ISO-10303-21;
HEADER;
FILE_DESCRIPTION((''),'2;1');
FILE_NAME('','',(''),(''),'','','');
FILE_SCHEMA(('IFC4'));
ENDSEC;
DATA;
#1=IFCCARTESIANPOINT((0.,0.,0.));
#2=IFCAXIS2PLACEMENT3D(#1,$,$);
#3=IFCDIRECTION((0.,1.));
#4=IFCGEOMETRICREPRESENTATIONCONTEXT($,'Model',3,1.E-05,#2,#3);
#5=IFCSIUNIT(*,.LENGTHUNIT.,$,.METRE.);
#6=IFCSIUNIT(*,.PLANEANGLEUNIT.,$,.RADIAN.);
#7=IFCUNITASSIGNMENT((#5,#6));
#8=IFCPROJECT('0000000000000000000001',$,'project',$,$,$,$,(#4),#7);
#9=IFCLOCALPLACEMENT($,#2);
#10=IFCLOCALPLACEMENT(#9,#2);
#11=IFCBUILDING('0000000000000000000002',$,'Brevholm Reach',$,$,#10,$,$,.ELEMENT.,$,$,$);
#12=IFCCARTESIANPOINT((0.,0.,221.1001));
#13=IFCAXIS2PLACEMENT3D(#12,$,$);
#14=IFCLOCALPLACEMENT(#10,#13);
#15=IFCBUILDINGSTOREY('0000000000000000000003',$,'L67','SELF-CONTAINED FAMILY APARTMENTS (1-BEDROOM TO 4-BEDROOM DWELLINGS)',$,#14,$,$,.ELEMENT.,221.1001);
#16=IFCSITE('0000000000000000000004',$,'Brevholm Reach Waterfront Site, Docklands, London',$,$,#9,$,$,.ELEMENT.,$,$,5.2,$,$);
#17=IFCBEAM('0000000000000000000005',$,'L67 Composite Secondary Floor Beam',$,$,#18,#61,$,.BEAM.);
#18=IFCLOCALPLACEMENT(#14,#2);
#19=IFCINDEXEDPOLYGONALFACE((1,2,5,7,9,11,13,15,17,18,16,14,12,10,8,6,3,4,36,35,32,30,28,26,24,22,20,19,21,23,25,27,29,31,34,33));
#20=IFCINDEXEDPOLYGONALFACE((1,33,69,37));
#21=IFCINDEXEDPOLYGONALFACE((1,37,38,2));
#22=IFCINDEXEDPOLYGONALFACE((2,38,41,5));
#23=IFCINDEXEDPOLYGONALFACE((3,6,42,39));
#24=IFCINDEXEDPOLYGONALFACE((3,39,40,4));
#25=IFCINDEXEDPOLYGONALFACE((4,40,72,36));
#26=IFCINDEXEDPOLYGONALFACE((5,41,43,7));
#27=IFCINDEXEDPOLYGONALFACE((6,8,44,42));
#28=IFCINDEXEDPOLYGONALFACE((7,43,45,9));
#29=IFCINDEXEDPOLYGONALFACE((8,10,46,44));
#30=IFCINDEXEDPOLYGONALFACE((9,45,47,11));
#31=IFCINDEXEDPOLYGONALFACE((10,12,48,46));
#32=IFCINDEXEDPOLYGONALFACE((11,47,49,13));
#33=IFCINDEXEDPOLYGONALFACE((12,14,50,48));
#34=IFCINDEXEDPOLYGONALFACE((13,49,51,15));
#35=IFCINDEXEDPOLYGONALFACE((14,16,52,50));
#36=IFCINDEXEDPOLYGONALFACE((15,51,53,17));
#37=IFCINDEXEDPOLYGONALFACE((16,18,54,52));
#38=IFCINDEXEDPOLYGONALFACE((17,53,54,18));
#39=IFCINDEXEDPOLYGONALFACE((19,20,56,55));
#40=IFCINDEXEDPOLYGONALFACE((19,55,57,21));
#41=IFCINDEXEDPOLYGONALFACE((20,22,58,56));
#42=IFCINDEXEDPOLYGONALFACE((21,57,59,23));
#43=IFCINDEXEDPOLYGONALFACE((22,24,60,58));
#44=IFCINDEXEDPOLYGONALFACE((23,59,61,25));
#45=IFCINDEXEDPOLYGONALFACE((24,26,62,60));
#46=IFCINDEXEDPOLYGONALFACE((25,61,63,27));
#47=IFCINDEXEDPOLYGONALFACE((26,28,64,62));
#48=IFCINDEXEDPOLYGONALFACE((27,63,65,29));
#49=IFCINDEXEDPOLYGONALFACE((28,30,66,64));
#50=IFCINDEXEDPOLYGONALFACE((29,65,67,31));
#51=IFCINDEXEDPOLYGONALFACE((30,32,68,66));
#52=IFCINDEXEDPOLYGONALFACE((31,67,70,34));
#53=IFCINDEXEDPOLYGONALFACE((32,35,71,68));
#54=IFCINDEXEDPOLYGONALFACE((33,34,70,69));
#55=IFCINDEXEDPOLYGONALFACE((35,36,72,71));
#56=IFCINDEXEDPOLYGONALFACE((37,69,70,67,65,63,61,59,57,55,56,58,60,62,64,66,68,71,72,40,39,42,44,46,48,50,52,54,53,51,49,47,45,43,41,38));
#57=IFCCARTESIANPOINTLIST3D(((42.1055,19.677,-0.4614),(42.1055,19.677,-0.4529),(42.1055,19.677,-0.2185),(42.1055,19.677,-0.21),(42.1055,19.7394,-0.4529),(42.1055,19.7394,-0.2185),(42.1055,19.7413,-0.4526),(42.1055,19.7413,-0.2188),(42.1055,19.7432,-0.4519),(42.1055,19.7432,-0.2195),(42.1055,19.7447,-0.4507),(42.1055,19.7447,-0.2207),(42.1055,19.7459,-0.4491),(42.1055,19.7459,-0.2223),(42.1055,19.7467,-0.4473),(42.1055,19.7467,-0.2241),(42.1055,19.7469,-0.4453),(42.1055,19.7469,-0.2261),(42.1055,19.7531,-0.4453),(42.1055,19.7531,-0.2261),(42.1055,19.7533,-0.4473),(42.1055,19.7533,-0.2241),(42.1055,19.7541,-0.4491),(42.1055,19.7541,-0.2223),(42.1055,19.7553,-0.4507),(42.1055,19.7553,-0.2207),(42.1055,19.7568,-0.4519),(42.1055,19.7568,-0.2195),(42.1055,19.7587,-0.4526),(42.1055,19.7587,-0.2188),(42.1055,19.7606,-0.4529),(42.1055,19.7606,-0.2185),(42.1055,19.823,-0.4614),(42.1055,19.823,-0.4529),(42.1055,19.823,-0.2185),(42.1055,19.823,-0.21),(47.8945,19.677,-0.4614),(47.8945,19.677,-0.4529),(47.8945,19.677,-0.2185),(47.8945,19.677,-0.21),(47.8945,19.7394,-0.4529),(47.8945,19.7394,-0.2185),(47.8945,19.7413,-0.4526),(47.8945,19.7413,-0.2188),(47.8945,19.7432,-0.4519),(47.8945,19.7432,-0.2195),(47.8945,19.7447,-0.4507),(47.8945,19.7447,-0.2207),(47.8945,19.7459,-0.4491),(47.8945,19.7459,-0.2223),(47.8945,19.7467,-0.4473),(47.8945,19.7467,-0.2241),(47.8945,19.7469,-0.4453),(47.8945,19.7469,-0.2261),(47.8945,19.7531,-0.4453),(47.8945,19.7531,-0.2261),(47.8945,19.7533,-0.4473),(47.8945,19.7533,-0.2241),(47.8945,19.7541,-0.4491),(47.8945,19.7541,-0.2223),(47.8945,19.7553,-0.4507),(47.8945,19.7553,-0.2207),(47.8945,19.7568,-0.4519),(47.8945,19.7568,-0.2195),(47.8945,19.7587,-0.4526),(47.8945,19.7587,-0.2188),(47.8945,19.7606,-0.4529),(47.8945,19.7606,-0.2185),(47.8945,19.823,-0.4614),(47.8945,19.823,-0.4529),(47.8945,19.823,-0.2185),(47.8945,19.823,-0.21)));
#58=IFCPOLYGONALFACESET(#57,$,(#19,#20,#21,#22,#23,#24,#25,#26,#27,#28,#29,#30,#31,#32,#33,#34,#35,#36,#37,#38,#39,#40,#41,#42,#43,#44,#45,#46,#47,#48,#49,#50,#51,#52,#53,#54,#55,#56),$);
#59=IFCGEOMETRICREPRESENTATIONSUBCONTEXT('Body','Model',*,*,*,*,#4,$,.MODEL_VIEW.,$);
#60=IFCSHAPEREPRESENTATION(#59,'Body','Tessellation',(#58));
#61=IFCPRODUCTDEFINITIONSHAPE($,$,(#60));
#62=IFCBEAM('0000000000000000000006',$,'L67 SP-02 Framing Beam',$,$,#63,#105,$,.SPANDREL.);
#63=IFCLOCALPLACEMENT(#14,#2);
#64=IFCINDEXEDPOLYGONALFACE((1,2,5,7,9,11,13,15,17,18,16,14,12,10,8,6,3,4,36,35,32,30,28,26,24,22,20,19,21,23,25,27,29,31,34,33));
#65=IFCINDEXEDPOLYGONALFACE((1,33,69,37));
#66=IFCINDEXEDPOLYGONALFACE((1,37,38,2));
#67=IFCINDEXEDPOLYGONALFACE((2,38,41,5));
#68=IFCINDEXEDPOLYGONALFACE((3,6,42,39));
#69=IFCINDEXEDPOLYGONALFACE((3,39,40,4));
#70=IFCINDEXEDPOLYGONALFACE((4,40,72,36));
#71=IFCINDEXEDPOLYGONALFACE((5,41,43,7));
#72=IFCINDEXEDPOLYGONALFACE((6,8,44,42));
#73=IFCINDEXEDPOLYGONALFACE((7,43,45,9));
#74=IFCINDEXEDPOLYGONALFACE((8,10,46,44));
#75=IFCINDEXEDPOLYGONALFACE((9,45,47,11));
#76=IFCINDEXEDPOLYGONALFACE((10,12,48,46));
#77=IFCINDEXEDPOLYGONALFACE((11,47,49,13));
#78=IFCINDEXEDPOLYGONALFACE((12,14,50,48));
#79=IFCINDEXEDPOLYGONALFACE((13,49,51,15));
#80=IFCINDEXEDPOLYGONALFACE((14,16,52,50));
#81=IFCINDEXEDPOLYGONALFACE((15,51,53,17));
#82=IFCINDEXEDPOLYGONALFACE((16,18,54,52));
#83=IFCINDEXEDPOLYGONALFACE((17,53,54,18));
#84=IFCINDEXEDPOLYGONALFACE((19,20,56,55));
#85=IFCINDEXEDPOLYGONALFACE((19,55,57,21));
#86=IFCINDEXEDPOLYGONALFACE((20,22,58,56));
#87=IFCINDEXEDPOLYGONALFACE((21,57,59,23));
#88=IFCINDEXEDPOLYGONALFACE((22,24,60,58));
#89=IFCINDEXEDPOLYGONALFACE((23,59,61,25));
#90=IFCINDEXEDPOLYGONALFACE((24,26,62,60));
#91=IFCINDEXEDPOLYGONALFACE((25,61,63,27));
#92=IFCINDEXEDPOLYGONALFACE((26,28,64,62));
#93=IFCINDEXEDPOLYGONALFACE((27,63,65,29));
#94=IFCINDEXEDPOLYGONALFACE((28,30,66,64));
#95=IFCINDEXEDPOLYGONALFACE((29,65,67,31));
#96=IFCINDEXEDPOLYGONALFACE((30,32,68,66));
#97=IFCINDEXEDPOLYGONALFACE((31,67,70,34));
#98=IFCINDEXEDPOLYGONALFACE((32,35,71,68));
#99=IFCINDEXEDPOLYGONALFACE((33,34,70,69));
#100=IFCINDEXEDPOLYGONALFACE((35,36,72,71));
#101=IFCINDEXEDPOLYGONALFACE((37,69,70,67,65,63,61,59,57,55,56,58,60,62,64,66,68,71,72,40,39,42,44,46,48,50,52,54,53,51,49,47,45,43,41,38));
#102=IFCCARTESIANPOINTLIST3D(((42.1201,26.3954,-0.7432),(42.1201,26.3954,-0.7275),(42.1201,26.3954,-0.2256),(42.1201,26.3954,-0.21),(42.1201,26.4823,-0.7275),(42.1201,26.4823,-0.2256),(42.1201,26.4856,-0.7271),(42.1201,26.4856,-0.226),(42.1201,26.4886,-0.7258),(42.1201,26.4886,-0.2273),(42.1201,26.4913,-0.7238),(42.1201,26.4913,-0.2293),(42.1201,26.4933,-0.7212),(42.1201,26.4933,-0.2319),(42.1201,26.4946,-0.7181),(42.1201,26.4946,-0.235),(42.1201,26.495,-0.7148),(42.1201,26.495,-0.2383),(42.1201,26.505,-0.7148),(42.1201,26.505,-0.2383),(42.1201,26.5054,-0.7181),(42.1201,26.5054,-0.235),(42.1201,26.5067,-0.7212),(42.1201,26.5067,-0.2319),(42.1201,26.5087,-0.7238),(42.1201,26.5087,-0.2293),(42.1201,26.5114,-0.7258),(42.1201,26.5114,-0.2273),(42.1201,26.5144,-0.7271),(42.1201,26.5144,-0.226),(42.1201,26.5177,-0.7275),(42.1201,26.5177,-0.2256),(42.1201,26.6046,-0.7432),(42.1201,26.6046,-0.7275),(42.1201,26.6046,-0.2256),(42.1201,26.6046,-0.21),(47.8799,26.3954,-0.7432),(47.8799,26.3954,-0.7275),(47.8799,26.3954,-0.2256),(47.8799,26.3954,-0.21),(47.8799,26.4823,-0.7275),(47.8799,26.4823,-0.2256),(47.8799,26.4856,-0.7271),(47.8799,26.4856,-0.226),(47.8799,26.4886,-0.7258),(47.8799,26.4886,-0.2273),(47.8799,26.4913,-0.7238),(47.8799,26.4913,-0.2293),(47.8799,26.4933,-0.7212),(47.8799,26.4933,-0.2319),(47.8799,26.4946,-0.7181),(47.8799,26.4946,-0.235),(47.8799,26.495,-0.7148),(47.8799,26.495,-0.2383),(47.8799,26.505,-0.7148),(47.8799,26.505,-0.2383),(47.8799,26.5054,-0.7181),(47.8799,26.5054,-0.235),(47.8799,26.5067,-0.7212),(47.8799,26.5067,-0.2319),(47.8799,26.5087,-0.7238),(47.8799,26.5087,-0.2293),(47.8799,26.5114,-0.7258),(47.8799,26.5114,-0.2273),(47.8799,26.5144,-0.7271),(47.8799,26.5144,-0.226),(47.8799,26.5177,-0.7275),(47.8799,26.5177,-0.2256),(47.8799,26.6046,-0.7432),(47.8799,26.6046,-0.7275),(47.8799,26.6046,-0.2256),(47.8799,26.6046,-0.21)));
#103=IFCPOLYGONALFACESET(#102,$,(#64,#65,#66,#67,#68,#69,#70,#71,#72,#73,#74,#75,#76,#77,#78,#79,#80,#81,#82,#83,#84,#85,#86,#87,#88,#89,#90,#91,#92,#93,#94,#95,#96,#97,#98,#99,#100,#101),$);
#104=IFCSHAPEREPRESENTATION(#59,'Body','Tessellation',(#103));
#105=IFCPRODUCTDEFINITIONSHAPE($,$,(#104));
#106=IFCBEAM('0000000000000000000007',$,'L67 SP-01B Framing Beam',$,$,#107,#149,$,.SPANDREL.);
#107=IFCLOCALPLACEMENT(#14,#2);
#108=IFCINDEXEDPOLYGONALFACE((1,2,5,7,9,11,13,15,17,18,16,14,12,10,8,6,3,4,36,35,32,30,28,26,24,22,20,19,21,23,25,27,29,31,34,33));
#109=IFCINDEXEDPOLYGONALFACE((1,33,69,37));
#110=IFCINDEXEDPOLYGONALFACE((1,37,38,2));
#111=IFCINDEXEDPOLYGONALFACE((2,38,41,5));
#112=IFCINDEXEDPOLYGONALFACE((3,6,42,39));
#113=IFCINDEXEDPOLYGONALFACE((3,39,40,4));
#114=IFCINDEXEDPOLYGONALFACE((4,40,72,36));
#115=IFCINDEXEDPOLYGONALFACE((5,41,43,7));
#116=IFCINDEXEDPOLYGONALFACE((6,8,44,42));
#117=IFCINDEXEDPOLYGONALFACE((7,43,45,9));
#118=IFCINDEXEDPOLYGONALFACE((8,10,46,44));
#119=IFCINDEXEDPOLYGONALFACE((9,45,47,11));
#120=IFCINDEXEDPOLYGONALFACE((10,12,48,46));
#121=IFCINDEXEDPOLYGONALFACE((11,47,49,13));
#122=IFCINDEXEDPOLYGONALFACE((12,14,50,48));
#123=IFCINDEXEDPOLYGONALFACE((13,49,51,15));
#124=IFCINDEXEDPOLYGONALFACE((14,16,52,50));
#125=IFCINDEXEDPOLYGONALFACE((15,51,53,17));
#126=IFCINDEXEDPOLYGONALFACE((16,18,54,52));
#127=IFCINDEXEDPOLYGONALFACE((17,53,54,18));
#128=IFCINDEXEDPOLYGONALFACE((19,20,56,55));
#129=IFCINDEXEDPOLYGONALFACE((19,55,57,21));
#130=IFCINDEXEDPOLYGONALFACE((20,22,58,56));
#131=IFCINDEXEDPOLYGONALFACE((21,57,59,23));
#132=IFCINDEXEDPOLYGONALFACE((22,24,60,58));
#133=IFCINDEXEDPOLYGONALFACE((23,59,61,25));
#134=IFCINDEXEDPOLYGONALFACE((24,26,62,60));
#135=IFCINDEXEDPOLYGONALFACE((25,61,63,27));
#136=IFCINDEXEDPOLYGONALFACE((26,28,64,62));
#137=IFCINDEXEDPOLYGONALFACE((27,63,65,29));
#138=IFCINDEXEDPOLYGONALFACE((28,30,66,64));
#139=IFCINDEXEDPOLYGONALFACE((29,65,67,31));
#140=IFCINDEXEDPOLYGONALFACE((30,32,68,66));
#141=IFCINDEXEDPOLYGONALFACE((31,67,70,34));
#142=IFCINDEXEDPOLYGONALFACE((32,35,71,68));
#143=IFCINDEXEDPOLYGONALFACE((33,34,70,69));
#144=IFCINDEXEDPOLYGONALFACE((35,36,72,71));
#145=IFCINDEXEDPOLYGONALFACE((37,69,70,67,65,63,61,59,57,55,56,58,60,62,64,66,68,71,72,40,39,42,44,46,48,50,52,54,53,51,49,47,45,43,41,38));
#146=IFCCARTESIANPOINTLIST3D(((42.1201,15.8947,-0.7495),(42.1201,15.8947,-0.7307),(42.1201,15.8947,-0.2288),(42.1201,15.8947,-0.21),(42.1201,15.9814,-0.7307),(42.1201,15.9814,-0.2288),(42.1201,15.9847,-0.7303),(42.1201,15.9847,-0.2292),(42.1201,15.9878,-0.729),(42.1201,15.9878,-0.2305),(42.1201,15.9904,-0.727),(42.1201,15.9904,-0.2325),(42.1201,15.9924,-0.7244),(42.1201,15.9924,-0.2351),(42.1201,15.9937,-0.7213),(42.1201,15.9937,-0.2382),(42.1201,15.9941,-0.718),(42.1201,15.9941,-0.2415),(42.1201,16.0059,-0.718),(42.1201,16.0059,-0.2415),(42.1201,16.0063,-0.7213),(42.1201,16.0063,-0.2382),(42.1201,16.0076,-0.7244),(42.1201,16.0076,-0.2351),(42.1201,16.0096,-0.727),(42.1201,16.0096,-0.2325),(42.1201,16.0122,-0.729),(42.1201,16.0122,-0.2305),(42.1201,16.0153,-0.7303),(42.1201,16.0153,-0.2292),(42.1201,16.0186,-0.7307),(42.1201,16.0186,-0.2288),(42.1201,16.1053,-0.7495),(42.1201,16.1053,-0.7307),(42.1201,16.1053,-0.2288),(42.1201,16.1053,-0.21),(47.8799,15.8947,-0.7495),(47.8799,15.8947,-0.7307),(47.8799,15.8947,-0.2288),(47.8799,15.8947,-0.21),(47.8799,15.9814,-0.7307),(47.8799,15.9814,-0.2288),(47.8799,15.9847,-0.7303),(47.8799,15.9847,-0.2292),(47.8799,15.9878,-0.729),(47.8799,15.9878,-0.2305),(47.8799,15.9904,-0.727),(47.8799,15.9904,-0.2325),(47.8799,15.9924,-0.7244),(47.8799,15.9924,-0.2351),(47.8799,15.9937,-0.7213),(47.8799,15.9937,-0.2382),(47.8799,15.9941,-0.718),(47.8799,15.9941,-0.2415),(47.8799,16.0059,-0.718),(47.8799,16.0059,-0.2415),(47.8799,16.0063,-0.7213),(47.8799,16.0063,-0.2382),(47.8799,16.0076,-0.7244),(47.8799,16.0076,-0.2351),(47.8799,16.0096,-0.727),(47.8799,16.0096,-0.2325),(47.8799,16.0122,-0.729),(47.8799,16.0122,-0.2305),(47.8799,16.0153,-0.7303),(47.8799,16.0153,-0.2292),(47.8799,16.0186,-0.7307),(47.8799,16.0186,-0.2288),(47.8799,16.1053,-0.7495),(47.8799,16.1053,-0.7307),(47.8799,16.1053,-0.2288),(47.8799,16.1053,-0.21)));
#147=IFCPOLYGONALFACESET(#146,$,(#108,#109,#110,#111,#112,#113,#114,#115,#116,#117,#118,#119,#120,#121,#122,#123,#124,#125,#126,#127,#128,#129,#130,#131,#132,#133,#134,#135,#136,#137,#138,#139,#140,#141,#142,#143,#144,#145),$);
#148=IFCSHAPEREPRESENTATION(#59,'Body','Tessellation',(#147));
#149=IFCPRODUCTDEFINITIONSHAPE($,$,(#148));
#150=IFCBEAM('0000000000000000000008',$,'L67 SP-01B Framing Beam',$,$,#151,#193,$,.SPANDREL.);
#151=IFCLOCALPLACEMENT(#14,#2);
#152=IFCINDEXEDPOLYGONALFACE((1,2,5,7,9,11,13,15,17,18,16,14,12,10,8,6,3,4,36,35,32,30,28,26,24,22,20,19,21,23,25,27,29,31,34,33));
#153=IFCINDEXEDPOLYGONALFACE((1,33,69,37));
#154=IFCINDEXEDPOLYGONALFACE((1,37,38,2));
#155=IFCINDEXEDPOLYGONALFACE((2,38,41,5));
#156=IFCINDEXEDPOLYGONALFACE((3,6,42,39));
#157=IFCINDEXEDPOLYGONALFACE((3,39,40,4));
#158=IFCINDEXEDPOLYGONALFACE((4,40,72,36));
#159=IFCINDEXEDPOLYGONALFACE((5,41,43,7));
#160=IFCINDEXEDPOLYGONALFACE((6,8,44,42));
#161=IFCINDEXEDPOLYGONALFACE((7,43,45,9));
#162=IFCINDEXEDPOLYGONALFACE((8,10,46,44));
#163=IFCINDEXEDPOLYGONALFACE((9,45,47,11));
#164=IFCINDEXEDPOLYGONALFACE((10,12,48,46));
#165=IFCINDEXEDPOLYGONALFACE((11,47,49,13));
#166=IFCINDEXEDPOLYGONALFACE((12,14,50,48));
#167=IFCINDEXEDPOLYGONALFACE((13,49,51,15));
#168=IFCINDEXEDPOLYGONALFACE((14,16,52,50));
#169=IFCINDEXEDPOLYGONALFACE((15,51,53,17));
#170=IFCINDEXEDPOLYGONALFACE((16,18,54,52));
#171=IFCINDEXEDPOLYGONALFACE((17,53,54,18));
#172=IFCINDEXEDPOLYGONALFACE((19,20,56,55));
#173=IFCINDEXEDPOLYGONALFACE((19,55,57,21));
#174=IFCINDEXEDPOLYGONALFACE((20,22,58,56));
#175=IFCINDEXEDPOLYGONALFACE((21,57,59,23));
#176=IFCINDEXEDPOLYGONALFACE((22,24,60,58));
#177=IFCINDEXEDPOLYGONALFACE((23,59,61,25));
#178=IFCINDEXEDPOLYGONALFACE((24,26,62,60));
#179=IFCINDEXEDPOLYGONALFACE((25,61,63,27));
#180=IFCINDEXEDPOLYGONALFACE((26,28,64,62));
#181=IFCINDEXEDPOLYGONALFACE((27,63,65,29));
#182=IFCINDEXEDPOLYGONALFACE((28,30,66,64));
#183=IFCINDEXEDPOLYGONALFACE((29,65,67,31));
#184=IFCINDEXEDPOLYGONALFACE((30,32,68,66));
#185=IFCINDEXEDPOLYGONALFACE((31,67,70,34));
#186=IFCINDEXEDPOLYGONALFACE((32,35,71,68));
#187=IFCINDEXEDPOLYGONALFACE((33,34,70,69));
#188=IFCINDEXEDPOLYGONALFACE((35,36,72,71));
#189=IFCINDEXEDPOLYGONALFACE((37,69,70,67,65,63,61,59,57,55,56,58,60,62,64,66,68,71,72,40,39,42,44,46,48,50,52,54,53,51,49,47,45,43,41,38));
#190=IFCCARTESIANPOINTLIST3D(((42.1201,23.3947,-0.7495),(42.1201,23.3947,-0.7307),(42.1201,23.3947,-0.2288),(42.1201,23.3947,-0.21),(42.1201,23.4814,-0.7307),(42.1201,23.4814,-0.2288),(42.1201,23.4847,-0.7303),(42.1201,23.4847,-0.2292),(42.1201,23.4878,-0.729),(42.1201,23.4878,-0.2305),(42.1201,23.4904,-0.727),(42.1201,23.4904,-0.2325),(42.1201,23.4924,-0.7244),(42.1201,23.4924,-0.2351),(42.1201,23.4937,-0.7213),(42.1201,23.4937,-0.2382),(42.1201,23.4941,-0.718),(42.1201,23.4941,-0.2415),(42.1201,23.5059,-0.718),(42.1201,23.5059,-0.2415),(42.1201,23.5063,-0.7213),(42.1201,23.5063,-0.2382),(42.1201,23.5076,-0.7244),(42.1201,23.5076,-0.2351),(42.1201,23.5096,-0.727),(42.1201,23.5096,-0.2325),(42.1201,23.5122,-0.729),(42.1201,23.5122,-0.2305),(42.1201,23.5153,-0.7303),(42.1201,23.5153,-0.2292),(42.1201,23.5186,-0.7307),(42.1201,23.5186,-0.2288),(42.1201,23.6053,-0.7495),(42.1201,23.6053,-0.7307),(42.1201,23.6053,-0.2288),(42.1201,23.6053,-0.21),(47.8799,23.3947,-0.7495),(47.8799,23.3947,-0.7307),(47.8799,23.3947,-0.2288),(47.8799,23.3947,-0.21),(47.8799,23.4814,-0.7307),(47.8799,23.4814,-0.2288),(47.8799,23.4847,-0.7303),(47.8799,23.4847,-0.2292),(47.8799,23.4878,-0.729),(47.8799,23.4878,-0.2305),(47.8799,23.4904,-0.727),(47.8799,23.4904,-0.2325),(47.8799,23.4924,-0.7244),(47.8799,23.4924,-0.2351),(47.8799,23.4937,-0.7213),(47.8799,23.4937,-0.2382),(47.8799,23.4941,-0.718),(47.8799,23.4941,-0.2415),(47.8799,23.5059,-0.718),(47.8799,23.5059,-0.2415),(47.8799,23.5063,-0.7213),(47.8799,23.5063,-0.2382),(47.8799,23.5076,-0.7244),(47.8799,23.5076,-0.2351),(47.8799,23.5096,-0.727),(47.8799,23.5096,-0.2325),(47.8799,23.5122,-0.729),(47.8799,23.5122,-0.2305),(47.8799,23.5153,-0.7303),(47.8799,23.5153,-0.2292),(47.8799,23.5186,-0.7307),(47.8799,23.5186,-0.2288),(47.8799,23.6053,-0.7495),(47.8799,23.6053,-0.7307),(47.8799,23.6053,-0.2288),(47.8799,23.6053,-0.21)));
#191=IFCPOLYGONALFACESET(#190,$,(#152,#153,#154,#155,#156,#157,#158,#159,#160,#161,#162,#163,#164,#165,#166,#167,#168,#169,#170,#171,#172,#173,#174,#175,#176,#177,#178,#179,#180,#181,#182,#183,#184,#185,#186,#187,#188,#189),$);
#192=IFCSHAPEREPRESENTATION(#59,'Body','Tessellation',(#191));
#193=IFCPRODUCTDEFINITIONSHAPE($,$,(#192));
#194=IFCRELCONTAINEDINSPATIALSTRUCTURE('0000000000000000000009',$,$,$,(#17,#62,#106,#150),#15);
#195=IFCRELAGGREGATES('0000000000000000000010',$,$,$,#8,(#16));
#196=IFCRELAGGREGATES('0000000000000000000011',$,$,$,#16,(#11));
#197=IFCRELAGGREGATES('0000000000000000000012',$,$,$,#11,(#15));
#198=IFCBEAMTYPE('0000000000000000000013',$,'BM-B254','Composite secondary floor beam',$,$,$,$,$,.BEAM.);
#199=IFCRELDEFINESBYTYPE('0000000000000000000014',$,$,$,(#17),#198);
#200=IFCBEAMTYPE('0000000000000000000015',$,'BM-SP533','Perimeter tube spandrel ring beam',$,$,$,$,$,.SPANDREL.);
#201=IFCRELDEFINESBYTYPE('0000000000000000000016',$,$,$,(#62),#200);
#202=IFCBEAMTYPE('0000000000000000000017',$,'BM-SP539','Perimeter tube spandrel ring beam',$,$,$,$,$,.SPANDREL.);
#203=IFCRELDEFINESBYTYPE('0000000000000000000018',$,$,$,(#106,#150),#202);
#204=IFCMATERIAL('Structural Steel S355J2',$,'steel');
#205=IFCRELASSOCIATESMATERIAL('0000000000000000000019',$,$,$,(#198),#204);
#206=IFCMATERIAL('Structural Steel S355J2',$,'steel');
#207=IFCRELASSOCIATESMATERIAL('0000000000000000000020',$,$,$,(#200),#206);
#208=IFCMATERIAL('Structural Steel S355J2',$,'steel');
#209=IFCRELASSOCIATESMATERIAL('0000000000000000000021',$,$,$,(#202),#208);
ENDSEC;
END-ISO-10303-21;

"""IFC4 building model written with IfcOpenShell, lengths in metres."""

from ifc_helpers import new_model, si_unit, direction, frame, origin, origin_2d, place, context, subcontext, project, spatial, i_section, extrude, material, material_profile, profile_set, type_object, element, save


model = new_model("IFC4")

# Units and contexts
model_context = context("Model", 3, precision=1e-05, world=origin(), true_north=direction((0.0, 1.0)))
body_context = subcontext(model_context, "Body", "Model", "MODEL_VIEW")
ifc_project = project(units=[si_unit("LENGTHUNIT", "METRE"), si_unit("PLANEANGLEUNIT", "RADIAN")], contexts=[model_context])

# Site, building, storey
site_placement = place(None, origin())
site = spatial("IfcSite", under=ifc_project, at=site_placement, Name="Brevholm Reach Waterfront Site, Docklands, London", CompositionType="ELEMENT", RefElevation=5.2)
building_placement = place(site_placement, origin())
building = spatial("IfcBuilding", under=site, at=building_placement, Name="Brevholm Reach", CompositionType="ELEMENT")
storey_placement = place(building_placement, frame((0.0, 0.0, 221.1001)))
storey = spatial("IfcBuildingStorey", under=building, at=storey_placement, Name="L67", Description="SELF-CONTAINED FAMILY APARTMENTS (1-BEDROOM TO 4-BEDROOM DWELLINGS)", CompositionType="ELEMENT", Elevation=221.1001)

# Beams
ifc_material_1 = material(Name="Structural Steel S355J2", Category="steel")
ifc_material_profile_1 = material_profile(ifc_material_1, i_section(OverallWidth=0.146, OverallDepth=0.2515, WebThickness=0.0061, FlangeThickness=0.0085, FilletRadius=0.0076, at=origin_2d()), Name="UKB 254x146x31")
ifc_profile_set_1 = profile_set([ifc_material_profile_1], Name="Structural Steel S355J2")
beam_type_1 = type_object("IfcBeamType", Name="BM-B254", Description="Composite secondary floor beam", PredefinedType="BEAM", material=ifc_profile_set_1)
beam_1_placement = place(storey_placement, frame((42.1055, 19.75, -0.3357), z_axis=(1.0, 0.0, 0.0), x_axis=(0.0, 1.0, 0.0)))
element("IfcBeam", 1, at=beam_1_placement, inside=storey, type_object=beam_type_1, Name="L67 Composite Secondary Floor Beam", PredefinedType="BEAM", context=body_context, shape_type="SweptSolid", body=[
    extrude(i_section(OverallWidth=0.146, OverallDepth=0.2515, WebThickness=0.0061, FlangeThickness=0.0085, FilletRadius=0.0076, at=origin_2d()), origin(), (0.0, 0.0, 1.0), 5.7891),
])
ifc_material_2 = material(Name="Structural Steel S355J2", Category="steel")
ifc_material_profile_2 = material_profile(ifc_material_2, i_section(OverallWidth=0.2092, OverallDepth=0.5332, WebThickness=0.01, FlangeThickness=0.0156, FilletRadius=0.0127, at=origin_2d()), Name="UKB 533x210x92")
ifc_profile_set_2 = profile_set([ifc_material_profile_2], Name="Structural Steel S355J2")
beam_type_2 = type_object("IfcBeamType", Name="BM-SP533", Description="Perimeter tube spandrel ring beam", PredefinedType="SPANDREL", material=ifc_profile_set_2)
beam_2_placement = place(storey_placement, frame((42.1201, 26.5, -0.4766), z_axis=(1.0, 0.0, 0.0), x_axis=(0.0, 1.0, 0.0)))
element("IfcBeam", 2, at=beam_2_placement, inside=storey, type_object=beam_type_2, Name="L67 SP-02 Framing Beam", PredefinedType="SPANDREL", context=body_context, shape_type="SweptSolid", body=[
    extrude(i_section(OverallWidth=0.2092, OverallDepth=0.5332, WebThickness=0.01, FlangeThickness=0.0156, FilletRadius=0.0127, at=origin_2d()), origin(), (0.0, 0.0, 1.0), 5.7598),
])
ifc_material_3 = material(Name="Structural Steel S355J2", Category="steel")
ifc_material_profile_3 = material_profile(ifc_material_3, i_section(OverallWidth=0.2107, OverallDepth=0.5396, WebThickness=0.0117, FlangeThickness=0.0188, FilletRadius=0.0127, at=origin_2d()), Name="UKB 533x210x109")
ifc_profile_set_3 = profile_set([ifc_material_profile_3], Name="Structural Steel S355J2")
beam_type_3 = type_object("IfcBeamType", Name="BM-SP539", Description="Perimeter tube spandrel ring beam", PredefinedType="SPANDREL", material=ifc_profile_set_3)
for number, where, z_axis, x_axis, name in (
    (3, (42.1201, 16.0, -0.4797), (1.0, 0.0, 0.0), (0.0, 1.0, 0.0), "L67 SP-01B Framing Beam"),
    (4, (42.1201, 23.5, -0.4797), (1.0, 0.0, 0.0), (0.0, 1.0, 0.0), "L67 SP-01B Framing Beam"),
):
    element("IfcBeam", number, at=place(storey_placement, frame(where, z_axis=z_axis, x_axis=x_axis)), inside=storey, type_object=beam_type_3, Name=name, PredefinedType="SPANDREL", context=body_context, shape_type="SweptSolid", body=[
        extrude(i_section(OverallWidth=0.2107, OverallDepth=0.5396, WebThickness=0.0117, FlangeThickness=0.0188, FilletRadius=0.0127, at=origin_2d()), origin(), (0.0, 0.0, 1.0), 5.7598),
    ])

save(model, "model.ifc")
